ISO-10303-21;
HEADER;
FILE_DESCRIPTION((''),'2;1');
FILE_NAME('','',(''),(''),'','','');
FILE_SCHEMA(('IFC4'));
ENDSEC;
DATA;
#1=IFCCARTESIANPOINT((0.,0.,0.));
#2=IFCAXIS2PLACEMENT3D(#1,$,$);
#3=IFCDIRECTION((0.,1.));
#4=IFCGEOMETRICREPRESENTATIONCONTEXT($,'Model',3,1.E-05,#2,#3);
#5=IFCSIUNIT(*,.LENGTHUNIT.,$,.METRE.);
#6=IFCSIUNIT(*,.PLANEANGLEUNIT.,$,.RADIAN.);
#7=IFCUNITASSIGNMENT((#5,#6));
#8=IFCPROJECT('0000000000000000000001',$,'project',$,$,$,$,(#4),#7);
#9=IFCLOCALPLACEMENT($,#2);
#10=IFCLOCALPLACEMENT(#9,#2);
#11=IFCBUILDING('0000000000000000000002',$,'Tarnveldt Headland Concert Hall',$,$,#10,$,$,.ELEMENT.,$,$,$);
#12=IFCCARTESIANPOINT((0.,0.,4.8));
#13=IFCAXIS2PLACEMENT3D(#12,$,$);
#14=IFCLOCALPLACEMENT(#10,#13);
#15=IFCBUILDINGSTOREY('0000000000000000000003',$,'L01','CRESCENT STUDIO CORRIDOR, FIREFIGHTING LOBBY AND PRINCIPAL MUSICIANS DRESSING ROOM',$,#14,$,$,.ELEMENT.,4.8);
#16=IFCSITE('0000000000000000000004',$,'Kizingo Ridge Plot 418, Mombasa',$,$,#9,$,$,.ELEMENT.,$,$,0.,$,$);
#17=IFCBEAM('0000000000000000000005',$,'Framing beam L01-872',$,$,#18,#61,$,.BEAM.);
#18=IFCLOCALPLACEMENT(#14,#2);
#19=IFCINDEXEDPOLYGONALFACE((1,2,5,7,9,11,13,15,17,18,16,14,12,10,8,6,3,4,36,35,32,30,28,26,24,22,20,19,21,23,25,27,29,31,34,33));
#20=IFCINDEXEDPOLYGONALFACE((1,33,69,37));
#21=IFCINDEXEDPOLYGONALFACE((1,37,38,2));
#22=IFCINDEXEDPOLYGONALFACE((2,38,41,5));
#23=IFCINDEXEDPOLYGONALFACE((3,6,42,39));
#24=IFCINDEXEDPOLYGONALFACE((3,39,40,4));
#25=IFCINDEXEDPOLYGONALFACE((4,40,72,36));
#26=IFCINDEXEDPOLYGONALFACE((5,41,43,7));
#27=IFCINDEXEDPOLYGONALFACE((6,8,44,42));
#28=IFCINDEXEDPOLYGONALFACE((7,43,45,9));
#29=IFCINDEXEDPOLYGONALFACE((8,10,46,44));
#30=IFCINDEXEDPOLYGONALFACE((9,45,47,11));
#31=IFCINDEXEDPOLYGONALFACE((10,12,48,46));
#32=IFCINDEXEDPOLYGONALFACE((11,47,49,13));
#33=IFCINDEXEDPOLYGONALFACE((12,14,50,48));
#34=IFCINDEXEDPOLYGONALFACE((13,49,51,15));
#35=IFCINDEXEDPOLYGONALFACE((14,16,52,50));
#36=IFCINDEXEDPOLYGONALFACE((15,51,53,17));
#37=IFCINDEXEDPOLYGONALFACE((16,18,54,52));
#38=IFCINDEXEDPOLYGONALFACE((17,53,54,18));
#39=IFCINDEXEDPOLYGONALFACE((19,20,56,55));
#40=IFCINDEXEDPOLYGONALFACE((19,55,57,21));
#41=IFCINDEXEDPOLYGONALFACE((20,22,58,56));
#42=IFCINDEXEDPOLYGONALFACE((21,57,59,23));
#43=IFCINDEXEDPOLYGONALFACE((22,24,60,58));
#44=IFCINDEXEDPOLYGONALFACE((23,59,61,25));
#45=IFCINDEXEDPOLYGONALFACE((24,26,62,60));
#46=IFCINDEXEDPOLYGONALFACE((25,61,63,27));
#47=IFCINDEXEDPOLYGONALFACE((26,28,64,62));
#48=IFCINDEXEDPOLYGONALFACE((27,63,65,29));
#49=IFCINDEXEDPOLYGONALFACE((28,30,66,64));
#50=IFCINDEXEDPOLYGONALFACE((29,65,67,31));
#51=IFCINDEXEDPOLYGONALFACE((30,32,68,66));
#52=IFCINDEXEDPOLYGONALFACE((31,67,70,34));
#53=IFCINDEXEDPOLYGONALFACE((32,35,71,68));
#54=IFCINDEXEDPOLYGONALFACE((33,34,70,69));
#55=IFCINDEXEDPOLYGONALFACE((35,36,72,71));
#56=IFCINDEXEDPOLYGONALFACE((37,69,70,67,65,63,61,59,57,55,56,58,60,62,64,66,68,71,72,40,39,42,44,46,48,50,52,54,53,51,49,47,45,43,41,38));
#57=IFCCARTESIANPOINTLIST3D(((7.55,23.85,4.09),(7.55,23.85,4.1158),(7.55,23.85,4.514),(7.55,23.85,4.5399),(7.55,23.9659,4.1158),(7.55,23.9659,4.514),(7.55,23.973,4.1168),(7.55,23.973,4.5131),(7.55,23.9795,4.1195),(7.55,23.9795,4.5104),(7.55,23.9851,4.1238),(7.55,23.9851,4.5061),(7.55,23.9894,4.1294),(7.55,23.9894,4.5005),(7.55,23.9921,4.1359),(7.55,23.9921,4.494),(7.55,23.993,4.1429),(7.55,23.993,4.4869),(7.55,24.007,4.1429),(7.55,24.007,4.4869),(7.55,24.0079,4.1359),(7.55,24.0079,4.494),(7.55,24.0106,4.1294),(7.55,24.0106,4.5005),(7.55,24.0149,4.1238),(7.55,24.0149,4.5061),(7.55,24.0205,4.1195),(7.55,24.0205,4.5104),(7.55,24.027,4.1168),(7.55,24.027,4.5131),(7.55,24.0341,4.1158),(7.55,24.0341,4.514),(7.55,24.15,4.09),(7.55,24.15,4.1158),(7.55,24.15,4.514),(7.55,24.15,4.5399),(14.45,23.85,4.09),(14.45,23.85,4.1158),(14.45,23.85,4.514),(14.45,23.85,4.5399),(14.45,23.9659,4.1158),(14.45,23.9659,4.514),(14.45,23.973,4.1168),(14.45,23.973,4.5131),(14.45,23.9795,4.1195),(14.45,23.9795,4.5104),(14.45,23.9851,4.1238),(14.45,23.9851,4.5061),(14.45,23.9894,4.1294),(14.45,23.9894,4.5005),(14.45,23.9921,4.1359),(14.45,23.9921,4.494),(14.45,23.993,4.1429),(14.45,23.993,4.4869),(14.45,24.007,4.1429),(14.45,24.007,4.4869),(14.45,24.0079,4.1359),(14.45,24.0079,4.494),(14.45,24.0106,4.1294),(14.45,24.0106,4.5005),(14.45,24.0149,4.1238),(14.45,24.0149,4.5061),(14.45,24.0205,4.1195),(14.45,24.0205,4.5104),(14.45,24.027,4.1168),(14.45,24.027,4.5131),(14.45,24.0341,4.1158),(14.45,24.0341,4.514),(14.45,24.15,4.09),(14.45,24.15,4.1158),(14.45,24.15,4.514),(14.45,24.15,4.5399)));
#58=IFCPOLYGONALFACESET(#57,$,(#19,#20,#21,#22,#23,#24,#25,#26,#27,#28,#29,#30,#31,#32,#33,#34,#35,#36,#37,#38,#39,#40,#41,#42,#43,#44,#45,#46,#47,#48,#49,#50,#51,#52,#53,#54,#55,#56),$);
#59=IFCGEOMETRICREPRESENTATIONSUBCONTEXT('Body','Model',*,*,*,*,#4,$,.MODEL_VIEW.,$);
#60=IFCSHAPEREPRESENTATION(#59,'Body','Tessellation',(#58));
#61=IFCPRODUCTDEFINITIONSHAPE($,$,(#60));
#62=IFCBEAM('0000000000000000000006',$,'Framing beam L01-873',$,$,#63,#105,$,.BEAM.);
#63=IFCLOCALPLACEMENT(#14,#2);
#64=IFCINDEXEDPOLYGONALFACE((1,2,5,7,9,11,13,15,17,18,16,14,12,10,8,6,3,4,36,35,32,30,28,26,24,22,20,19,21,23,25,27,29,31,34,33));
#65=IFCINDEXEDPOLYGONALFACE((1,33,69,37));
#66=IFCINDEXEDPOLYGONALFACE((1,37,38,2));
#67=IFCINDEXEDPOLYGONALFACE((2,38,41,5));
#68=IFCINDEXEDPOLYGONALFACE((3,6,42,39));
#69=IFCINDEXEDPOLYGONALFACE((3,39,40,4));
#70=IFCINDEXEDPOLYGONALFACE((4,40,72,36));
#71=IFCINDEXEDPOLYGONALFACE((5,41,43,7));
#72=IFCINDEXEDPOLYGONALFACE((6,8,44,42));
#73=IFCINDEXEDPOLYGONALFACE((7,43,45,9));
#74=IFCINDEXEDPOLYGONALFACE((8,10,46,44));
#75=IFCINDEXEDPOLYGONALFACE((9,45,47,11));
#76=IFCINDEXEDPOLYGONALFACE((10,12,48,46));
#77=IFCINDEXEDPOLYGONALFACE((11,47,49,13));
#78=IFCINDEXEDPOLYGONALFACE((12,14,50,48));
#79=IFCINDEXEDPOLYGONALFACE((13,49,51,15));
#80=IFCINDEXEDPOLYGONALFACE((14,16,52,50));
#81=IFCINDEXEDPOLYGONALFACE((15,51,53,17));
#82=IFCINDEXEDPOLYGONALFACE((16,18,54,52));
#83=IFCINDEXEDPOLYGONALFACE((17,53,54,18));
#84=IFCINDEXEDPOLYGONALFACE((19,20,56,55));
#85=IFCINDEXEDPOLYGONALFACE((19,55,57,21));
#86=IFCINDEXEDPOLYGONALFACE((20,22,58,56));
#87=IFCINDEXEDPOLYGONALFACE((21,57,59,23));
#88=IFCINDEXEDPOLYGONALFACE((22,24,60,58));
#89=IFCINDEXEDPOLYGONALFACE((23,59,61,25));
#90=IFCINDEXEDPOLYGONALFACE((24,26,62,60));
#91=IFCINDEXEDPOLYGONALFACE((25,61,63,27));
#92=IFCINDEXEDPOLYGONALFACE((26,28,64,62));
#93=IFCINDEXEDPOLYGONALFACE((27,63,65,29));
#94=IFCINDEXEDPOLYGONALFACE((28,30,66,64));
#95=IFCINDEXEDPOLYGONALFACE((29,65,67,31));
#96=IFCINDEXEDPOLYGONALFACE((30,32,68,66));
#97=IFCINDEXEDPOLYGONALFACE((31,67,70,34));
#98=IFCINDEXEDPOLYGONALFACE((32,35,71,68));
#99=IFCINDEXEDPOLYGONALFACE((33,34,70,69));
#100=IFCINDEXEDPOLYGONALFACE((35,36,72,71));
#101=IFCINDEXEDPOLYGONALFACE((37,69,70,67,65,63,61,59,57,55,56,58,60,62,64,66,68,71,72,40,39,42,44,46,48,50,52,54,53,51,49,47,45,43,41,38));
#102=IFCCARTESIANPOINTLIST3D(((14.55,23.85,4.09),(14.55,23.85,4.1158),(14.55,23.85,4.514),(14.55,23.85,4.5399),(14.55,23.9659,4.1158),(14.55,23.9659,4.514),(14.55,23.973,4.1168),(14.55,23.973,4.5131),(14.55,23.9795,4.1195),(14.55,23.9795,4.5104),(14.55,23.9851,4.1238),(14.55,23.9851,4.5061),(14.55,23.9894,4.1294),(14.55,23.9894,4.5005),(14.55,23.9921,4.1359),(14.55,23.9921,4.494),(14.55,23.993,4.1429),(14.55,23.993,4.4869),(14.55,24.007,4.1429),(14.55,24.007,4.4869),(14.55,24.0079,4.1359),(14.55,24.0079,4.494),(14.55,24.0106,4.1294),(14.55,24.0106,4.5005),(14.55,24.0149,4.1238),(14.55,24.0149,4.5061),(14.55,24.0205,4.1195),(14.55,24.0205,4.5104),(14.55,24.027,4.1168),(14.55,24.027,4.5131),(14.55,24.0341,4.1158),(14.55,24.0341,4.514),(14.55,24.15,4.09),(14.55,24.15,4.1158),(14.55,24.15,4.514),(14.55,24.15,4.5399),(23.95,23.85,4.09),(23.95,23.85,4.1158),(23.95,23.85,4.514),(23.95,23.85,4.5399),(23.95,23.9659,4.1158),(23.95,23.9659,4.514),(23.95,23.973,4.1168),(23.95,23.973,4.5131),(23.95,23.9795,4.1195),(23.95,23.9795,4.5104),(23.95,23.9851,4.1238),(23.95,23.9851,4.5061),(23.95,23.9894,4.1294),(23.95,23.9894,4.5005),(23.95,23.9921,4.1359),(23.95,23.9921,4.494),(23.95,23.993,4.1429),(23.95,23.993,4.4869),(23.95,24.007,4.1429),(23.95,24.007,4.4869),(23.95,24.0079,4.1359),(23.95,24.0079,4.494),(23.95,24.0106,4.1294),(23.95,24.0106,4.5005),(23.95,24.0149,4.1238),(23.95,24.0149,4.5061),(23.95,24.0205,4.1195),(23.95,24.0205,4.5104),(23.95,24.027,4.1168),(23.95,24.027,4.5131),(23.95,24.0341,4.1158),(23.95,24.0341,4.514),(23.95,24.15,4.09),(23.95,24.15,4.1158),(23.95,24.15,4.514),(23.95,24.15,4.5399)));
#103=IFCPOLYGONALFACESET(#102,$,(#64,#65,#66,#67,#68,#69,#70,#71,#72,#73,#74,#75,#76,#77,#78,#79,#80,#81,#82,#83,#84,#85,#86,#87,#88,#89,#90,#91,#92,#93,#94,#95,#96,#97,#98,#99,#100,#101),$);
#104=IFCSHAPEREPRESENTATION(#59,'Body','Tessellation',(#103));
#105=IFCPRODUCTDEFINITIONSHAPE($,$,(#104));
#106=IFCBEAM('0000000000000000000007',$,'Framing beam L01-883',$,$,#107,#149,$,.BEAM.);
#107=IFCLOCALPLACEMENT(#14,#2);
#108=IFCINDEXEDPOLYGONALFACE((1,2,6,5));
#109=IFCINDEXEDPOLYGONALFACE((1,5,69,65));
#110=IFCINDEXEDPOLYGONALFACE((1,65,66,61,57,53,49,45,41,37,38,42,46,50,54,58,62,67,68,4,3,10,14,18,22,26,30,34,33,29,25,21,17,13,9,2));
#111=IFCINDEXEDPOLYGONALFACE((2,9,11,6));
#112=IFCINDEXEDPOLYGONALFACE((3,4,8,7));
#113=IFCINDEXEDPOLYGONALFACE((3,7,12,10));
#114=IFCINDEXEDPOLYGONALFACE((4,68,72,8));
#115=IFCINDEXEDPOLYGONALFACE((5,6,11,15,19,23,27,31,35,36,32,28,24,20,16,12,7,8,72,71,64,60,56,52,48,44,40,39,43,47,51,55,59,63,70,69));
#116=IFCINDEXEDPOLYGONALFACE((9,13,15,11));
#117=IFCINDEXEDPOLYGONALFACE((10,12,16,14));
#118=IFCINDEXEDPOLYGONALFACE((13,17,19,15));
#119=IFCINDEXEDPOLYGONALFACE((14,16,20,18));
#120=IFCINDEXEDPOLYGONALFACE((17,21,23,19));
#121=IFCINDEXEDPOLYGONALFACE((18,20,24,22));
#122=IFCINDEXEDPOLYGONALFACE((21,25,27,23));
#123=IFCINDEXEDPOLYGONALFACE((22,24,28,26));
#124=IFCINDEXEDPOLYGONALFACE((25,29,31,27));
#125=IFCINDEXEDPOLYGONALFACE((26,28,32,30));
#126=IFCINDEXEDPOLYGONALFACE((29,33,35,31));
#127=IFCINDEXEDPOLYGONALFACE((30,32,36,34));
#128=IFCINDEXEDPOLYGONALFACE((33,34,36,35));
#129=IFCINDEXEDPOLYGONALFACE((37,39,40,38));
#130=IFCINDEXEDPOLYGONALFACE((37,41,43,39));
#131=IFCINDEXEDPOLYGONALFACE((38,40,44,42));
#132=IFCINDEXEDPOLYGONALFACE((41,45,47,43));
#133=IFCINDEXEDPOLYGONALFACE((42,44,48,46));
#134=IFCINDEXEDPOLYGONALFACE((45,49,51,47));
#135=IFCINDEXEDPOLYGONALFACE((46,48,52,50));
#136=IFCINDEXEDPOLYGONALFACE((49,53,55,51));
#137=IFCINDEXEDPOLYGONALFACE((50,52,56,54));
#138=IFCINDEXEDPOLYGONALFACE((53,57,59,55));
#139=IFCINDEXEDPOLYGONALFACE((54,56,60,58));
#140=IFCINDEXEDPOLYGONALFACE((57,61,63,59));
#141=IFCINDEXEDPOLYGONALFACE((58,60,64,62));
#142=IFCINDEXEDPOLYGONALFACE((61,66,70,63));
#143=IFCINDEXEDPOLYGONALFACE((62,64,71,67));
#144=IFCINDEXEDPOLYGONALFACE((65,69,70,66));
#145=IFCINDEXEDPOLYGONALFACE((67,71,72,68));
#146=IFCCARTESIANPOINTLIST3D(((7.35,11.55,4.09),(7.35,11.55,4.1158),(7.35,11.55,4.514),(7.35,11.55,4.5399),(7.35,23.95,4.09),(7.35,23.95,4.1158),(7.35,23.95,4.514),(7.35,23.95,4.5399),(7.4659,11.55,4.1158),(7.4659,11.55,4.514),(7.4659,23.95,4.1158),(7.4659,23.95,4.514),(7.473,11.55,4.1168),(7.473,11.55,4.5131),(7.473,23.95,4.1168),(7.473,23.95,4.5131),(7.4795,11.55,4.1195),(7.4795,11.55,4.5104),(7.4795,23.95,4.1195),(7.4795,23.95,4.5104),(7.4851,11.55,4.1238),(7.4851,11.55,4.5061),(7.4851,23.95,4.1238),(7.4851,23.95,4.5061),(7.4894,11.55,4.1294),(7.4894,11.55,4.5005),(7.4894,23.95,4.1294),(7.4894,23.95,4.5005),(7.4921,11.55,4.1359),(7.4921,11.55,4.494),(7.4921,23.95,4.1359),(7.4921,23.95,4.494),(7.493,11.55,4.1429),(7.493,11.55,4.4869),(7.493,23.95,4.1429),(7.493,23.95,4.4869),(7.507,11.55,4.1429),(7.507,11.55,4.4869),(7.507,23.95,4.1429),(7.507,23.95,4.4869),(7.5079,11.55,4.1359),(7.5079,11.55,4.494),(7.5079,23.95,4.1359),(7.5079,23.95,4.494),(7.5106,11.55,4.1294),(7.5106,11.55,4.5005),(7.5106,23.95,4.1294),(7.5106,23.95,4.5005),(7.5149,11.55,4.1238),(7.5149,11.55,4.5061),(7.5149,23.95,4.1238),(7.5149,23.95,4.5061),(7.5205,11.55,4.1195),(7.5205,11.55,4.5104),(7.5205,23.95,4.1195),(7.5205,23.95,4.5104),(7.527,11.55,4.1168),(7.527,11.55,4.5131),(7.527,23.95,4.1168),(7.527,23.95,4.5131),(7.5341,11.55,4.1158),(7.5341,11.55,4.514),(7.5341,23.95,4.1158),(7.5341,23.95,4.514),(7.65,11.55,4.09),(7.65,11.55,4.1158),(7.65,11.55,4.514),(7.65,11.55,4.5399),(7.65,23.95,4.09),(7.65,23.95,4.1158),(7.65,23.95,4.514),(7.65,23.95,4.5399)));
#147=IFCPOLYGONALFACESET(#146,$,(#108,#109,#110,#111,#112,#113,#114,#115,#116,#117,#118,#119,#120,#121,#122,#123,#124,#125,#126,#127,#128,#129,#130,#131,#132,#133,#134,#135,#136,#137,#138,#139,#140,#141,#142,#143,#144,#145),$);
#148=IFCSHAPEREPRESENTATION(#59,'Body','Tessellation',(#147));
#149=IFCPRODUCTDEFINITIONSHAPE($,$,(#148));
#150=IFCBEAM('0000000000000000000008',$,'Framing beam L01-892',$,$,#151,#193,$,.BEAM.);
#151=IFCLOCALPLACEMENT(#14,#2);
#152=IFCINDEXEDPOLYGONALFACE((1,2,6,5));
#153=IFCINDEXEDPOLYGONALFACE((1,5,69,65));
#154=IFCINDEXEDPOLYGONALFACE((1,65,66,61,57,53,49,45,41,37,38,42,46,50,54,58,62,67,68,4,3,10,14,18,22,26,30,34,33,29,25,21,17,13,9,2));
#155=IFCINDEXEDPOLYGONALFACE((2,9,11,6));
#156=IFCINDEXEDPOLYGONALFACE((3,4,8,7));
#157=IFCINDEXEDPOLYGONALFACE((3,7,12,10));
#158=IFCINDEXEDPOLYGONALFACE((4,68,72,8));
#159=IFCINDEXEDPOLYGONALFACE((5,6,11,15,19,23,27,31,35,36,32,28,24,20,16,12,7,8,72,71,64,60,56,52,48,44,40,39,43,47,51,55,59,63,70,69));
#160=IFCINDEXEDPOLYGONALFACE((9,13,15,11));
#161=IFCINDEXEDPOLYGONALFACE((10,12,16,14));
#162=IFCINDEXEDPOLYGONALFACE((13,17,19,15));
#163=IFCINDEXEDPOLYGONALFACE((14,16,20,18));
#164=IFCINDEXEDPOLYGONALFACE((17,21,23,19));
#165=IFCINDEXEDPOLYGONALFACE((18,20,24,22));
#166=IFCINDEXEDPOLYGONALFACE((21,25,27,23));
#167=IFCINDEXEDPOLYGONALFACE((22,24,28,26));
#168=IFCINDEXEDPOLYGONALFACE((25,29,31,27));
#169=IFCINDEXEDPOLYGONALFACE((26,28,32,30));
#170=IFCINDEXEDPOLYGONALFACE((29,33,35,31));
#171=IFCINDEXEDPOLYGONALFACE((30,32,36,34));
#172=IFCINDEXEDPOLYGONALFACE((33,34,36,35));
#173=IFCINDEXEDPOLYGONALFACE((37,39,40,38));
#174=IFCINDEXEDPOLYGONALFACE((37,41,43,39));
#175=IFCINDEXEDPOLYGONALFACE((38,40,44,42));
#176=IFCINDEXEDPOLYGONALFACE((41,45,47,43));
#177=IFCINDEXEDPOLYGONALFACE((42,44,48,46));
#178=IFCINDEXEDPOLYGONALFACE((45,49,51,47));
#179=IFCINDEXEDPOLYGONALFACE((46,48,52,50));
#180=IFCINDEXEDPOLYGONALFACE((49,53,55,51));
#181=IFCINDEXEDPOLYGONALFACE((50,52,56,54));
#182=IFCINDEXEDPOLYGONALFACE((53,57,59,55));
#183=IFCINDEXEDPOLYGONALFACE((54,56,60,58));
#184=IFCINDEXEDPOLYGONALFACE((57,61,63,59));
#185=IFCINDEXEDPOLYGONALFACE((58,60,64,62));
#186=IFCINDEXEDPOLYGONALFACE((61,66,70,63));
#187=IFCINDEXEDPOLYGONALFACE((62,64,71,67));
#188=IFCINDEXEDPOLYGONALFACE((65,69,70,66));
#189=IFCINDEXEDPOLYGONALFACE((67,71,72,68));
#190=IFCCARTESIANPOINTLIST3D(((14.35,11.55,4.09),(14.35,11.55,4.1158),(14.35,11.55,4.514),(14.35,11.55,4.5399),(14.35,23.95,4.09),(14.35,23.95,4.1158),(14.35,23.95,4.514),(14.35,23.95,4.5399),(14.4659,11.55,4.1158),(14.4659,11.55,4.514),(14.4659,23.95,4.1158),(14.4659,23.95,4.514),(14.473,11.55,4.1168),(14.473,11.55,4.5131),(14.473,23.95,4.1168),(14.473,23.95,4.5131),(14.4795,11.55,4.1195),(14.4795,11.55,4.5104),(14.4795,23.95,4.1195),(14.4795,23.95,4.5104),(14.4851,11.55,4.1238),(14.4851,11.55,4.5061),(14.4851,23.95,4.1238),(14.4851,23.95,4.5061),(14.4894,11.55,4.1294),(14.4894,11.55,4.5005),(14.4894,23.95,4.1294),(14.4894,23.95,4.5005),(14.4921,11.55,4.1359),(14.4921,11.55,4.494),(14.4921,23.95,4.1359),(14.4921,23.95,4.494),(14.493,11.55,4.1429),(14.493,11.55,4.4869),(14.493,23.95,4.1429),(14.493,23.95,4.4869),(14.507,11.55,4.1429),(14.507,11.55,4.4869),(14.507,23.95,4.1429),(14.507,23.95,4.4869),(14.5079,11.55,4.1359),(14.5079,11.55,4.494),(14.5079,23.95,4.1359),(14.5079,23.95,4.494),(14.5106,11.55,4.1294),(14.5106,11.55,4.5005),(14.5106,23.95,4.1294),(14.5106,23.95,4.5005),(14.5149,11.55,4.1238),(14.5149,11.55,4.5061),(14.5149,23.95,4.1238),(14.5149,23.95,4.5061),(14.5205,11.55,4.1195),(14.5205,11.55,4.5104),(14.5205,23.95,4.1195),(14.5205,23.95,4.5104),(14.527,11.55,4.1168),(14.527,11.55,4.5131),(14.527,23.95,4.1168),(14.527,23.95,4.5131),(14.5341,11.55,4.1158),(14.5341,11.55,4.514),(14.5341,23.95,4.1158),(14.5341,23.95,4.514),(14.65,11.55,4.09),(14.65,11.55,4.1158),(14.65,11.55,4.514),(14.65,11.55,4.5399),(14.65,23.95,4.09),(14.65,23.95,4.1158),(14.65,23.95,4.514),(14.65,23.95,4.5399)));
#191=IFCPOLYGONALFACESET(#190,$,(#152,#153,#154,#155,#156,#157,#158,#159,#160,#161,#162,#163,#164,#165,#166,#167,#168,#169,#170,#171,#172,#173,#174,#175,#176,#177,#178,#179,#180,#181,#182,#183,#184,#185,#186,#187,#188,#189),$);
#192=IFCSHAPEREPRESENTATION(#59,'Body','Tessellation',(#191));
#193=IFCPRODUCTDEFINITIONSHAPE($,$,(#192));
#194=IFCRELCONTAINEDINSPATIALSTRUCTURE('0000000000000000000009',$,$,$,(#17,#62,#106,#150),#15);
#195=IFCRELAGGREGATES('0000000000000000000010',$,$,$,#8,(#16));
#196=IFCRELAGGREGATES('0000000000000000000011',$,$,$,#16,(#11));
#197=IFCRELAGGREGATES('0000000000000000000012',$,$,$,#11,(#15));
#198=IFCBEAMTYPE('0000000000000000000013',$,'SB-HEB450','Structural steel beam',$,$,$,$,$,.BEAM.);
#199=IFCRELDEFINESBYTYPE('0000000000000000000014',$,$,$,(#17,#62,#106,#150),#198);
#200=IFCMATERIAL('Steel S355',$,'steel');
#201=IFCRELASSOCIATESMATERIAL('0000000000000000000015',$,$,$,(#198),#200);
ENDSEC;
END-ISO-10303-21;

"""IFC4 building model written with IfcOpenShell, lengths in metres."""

from ifc_helpers import new_model, si_unit, direction, frame, origin, origin_2d, place, context, subcontext, project, spatial, i_section, extrude, material, material_profile, profile_set, type_object, element, save


model = new_model("IFC4")

# Units and contexts
model_context = context("Model", 3, precision=1e-05, world=origin(), true_north=direction((0.0, 1.0)))
body_context = subcontext(model_context, "Body", "Model", "MODEL_VIEW")
ifc_project = project(units=[si_unit("LENGTHUNIT", "METRE"), si_unit("PLANEANGLEUNIT", "RADIAN")], contexts=[model_context])

# Site, building, storey
site_placement = place(None, origin())
site = spatial("IfcSite", under=ifc_project, at=site_placement, Name="Kizingo Ridge Plot 418, Mombasa", CompositionType="ELEMENT", RefElevation=0.0)
building_placement = place(site_placement, origin())
building = spatial("IfcBuilding", under=site, at=building_placement, Name="Tarnveldt Headland Concert Hall", CompositionType="ELEMENT")
storey_placement = place(building_placement, frame((0.0, 0.0, 4.8)))
storey = spatial("IfcBuildingStorey", under=building, at=storey_placement, Name="L01", Description="CRESCENT STUDIO CORRIDOR, FIREFIGHTING LOBBY AND PRINCIPAL MUSICIANS DRESSING ROOM", CompositionType="ELEMENT", Elevation=4.8)

# Shared definitions
ifc_material_1 = material(Name="Steel S355", Category="steel")

# Beams
ifc_material_profile_1 = material_profile(ifc_material_1, i_section(OverallWidth=0.3, OverallDepth=0.45, WebThickness=0.0139, FlangeThickness=0.0259, FilletRadius=0.0271, at=origin_2d()), Name="HEB450", Category="steel")
ifc_profile_set_1 = profile_set([ifc_material_profile_1], Name="Steel S355")
beam_type_1 = type_object("IfcBeamType", Name="SB-HEB450", Description="Structural steel beam", PredefinedType="BEAM", material=ifc_profile_set_1)
beam_1_placement = place(storey_placement, frame((7.55, 24.0, 4.3149), z_axis=(1.0, 0.0, 0.0), x_axis=(0.0, 1.0, 0.0)))
element("IfcBeam", 1, at=beam_1_placement, inside=storey, type_object=beam_type_1, Name="Framing beam L01-872", PredefinedType="BEAM", context=body_context, shape_type="SweptSolid", body=[
    extrude(i_section(OverallWidth=0.3, OverallDepth=0.45, WebThickness=0.0139, FlangeThickness=0.0259, FilletRadius=0.0271, at=origin_2d()), origin(), (0.0, 0.0, 1.0), 6.8999),
])
beam_2_placement = place(storey_placement, frame((14.55, 24.0, 4.3149), z_axis=(1.0, 0.0, 0.0), x_axis=(0.0, 1.0, 0.0)))
element("IfcBeam", 2, at=beam_2_placement, inside=storey, type_object=beam_type_1, Name="Framing beam L01-873", PredefinedType="BEAM", context=body_context, shape_type="SweptSolid", body=[
    extrude(i_section(OverallWidth=0.3, OverallDepth=0.45, WebThickness=0.0139, FlangeThickness=0.0259, FilletRadius=0.0271, at=origin_2d()), origin(), (0.0, 0.0, 1.0), 9.3999),
])
for number, where, z_axis, x_axis, name in (
    (3, (7.5, 11.55, 4.3149), (0.0, 1.0, 0.0), (-1.0, 0.0, 0.0), "Framing beam L01-883"),
    (4, (14.5, 11.55, 4.3149), (0.0, 1.0, 0.0), (-1.0, 0.0, 0.0), "Framing beam L01-892"),
):
    element("IfcBeam", number, at=place(storey_placement, frame(where, z_axis=z_axis, x_axis=x_axis)), inside=storey, type_object=beam_type_1, Name=name, PredefinedType="BEAM", context=body_context, shape_type="SweptSolid", body=[
        extrude(i_section(OverallWidth=0.3, OverallDepth=0.45, WebThickness=0.0139, FlangeThickness=0.0259, FilletRadius=0.0271, at=origin_2d()), origin(), (0.0, 0.0, 1.0), 12.3999),
    ])

save(model, "model.ifc")
